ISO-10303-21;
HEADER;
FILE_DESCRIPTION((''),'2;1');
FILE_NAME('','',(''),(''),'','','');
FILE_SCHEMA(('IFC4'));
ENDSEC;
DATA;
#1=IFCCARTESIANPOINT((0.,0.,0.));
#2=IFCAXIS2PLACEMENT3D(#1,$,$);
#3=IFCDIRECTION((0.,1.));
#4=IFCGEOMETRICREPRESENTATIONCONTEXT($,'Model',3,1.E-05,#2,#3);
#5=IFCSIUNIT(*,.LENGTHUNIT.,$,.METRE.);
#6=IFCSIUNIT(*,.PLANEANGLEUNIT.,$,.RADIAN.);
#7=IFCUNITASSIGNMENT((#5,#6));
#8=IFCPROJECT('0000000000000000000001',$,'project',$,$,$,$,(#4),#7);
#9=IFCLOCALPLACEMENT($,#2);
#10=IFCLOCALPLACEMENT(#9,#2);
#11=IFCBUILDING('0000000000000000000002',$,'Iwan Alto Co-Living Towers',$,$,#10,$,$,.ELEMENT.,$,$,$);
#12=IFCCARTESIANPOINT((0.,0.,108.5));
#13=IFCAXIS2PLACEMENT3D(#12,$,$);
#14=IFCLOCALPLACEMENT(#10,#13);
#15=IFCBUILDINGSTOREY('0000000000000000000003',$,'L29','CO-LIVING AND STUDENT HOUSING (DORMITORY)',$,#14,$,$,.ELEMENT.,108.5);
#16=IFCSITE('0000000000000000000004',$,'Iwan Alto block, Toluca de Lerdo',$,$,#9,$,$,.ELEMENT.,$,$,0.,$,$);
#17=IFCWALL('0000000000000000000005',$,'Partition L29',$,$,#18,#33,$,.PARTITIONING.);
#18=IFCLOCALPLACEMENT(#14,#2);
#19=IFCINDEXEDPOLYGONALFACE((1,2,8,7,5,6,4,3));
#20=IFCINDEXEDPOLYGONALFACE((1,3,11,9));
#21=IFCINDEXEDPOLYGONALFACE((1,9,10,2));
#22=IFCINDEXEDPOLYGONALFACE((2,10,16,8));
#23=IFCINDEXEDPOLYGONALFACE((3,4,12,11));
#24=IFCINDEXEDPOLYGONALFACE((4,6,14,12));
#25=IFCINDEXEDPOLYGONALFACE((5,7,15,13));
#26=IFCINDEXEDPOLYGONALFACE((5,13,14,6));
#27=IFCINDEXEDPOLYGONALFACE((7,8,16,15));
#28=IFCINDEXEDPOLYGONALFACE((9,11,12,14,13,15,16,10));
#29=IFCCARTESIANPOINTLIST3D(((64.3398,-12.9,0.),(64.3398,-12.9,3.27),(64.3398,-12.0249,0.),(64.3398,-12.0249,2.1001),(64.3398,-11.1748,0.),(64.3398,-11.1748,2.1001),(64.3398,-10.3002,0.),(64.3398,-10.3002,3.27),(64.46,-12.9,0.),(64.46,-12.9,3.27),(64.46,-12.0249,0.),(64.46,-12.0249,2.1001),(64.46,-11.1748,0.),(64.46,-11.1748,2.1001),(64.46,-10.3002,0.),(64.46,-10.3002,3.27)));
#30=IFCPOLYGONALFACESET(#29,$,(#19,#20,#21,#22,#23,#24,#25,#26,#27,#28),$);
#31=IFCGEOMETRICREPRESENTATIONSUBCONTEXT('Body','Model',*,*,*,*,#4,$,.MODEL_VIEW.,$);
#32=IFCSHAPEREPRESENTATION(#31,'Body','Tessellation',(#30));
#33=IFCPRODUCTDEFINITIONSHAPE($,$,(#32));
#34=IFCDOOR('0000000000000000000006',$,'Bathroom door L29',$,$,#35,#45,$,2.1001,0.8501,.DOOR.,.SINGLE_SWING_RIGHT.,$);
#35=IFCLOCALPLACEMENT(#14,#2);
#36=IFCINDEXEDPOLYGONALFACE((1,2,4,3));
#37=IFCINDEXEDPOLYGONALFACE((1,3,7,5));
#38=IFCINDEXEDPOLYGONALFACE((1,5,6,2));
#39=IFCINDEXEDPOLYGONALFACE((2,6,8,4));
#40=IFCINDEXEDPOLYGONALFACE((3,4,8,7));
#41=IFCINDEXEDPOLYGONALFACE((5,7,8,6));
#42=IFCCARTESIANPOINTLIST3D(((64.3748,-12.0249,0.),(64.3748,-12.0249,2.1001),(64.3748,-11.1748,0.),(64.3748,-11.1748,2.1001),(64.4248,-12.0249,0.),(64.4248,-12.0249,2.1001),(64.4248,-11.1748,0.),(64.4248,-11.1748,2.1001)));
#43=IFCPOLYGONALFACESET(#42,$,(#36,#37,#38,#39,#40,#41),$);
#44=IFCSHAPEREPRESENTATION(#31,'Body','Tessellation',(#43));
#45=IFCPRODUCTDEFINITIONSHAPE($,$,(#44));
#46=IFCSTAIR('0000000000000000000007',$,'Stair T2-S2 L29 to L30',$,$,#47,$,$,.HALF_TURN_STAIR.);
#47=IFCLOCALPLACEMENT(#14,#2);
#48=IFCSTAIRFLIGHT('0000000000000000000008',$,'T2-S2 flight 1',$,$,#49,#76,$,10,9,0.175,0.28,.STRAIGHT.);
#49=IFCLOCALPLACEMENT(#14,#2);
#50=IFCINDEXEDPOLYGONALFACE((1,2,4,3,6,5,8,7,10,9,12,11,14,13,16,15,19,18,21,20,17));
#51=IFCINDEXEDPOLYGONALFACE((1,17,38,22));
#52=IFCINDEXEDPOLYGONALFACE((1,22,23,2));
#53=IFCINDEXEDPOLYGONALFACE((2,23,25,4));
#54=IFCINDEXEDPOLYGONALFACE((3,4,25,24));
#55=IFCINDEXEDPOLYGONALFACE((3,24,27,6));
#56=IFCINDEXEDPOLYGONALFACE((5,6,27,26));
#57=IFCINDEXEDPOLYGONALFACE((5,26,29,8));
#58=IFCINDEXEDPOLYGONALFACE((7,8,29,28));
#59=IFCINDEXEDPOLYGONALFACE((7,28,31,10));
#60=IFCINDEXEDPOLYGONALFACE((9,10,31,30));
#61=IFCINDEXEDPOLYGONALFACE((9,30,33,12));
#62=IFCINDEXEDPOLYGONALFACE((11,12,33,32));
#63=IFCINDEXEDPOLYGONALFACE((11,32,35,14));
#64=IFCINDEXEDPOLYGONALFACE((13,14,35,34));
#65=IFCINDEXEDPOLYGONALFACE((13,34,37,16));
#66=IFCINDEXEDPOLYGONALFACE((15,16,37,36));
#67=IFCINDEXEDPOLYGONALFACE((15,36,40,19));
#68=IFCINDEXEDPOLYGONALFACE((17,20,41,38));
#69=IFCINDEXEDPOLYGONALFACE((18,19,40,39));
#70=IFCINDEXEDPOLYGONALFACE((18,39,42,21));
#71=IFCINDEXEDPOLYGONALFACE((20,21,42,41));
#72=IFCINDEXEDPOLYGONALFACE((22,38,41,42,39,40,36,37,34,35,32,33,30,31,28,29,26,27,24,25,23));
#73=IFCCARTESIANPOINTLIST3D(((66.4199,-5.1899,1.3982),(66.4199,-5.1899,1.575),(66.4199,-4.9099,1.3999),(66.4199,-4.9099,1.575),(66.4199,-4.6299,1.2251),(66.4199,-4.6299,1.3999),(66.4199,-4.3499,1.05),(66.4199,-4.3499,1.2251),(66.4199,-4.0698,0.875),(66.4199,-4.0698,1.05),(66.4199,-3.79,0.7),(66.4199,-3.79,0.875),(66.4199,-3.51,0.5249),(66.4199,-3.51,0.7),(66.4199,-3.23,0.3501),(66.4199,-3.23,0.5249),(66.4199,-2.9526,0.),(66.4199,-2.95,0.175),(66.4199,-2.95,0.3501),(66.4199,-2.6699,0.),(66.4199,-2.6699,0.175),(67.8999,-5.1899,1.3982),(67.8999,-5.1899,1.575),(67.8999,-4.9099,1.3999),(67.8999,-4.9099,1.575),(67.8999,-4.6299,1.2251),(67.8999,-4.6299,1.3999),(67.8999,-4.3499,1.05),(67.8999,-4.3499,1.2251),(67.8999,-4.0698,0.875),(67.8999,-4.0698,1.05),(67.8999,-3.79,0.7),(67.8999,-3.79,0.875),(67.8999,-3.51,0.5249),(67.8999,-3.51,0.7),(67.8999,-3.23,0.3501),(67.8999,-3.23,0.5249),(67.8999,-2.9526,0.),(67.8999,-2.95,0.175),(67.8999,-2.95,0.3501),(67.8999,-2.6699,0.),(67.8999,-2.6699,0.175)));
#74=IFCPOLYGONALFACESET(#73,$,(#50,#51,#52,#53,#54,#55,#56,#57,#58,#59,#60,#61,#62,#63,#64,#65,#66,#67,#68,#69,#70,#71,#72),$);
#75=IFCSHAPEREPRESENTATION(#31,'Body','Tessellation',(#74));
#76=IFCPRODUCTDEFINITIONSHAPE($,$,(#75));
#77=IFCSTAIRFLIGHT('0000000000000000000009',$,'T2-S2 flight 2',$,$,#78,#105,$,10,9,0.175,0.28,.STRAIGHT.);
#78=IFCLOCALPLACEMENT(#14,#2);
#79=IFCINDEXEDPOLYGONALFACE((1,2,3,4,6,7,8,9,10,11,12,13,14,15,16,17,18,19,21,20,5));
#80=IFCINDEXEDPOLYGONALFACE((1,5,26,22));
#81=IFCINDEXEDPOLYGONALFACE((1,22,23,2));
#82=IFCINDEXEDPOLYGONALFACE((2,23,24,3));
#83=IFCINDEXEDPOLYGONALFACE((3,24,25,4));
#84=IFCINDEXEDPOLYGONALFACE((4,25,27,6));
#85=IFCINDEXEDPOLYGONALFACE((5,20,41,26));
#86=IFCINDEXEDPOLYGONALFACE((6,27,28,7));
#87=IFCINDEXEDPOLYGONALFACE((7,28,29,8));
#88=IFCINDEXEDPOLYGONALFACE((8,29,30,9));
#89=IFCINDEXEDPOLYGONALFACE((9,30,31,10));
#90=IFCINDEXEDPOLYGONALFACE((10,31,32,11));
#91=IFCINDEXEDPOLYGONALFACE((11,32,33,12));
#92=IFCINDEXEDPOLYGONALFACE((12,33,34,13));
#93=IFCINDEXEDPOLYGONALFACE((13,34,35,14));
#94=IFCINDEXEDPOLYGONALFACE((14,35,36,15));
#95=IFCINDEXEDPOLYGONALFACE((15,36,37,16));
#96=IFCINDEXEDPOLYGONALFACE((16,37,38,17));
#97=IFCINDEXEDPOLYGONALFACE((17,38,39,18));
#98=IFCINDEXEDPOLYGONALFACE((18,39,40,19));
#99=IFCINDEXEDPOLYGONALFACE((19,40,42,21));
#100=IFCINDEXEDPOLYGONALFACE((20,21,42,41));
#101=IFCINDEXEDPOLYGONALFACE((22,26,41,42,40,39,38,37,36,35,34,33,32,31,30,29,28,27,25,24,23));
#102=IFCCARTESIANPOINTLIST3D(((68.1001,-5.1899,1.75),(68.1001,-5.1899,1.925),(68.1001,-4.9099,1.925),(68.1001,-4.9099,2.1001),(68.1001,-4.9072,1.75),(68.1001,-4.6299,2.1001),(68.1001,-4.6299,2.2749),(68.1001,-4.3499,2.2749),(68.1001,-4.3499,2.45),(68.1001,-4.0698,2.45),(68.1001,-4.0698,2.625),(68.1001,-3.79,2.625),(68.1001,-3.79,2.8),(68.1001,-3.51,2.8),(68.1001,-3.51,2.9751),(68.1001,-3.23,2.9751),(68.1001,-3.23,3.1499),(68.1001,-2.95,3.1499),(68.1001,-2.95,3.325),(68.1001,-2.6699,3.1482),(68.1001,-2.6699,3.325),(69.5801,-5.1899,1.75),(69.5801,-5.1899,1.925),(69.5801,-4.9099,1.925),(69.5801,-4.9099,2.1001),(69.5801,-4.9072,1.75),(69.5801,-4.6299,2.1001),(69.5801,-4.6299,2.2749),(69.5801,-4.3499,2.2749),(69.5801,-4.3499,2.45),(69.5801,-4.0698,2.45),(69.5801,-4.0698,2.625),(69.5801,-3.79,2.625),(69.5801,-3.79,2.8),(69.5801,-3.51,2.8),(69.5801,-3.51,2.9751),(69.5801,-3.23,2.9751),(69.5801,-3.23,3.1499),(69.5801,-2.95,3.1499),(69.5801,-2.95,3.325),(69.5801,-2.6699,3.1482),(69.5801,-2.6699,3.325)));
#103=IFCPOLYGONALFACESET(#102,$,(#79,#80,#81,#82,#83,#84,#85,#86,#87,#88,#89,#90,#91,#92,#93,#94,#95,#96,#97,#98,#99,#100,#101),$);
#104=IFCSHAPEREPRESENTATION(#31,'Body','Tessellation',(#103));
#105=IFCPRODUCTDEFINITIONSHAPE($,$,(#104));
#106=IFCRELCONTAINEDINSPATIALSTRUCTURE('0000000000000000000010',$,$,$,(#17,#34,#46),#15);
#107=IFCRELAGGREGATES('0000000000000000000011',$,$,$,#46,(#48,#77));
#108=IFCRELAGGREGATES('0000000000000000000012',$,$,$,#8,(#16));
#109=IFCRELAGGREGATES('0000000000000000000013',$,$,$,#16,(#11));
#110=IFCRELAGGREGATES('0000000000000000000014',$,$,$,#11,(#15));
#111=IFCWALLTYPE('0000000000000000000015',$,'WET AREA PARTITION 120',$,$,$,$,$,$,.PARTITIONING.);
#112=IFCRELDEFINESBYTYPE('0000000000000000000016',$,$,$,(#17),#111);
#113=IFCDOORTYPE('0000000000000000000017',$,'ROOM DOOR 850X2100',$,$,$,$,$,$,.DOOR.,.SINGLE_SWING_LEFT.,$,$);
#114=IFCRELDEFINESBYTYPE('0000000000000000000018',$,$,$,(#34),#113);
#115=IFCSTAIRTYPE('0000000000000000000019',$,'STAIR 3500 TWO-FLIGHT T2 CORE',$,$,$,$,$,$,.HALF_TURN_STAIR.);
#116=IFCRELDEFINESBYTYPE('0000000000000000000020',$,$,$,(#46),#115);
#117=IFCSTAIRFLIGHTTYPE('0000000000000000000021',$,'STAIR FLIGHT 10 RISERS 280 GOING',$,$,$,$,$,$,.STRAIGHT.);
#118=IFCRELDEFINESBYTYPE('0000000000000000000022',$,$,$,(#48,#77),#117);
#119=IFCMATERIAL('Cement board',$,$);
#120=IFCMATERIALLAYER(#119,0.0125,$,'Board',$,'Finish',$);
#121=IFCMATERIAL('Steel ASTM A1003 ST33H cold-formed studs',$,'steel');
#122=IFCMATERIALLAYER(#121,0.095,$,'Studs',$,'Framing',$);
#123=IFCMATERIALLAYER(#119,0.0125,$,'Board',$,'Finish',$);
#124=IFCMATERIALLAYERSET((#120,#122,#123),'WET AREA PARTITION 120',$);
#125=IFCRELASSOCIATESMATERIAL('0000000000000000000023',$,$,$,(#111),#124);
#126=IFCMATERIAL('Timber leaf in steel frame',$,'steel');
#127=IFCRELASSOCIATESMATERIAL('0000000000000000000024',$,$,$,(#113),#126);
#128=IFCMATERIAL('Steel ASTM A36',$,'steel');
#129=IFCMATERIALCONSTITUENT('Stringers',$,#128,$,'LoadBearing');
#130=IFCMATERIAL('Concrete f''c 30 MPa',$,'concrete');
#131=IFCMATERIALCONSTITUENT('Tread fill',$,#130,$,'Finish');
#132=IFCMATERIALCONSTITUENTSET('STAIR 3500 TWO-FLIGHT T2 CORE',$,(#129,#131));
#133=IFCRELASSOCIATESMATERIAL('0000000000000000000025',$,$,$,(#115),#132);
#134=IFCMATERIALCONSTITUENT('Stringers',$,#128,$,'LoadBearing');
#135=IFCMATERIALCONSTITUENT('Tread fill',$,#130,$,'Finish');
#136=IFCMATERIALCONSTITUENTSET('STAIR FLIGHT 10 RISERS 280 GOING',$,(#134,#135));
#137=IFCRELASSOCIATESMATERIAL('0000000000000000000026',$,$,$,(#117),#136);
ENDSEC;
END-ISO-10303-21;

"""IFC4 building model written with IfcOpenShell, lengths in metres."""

from ifc_helpers import new_model, si_unit, direction, frame, frame_2d, origin, place, context, subcontext, project, spatial, polyline, rectangle, outline, extrude, material, layer, layer_set, constituent, constituent_set, type_object, element, fill, aggregate, save


model = new_model("IFC4")

# Units and contexts
model_context = context("Model", 3, precision=1e-05, world=origin(), true_north=direction((0.0, 1.0)))
body_context = subcontext(model_context, "Body", "Model", "MODEL_VIEW")
ifc_project = project(units=[si_unit("LENGTHUNIT", "METRE"), si_unit("PLANEANGLEUNIT", "RADIAN")], contexts=[model_context])

# Site, building, storey
site_placement = place(None, origin())
site = spatial("IfcSite", under=ifc_project, at=site_placement, Name="Iwan Alto block, Toluca de Lerdo", CompositionType="ELEMENT", RefElevation=0.0)
building_placement = place(site_placement, origin())
building = spatial("IfcBuilding", under=site, at=building_placement, Name="Iwan Alto Co-Living Towers", CompositionType="ELEMENT")
storey_placement = place(building_placement, frame((0.0, 0.0, 108.5)))
storey = spatial("IfcBuildingStorey", under=building, at=storey_placement, Name="L29", Description="CO-LIVING AND STUDENT HOUSING (DORMITORY)", CompositionType="ELEMENT", Elevation=108.5)

# Shared definitions
ifc_material_1 = material(Name="Steel ASTM A1003 ST33H cold-formed studs", Category="steel")

# Shared definitions
ifc_material_2 = material(Name="Cement board")
ifc_layer_1 = layer(ifc_material_2, 0.0125, Name="Board", Category="Finish")
ifc_layer_2 = layer(ifc_material_1, 0.095, Name="Studs", Category="Framing")
ifc_layer_3 = layer(ifc_material_2, 0.0125, Name="Board", Category="Finish")
ifc_layer_set_1 = layer_set([ifc_layer_1, ifc_layer_2, ifc_layer_3], Name="WET AREA PARTITION 120")
wall_type_1 = type_object("IfcWallType", Name="WET AREA PARTITION 120", PredefinedType="PARTITIONING", material=ifc_layer_set_1)

# Wall, opening, door
wall_1_placement = place(storey_placement, frame((64.3999, -12.8999, 0.0), z_axis=(0.0, 0.0, 1.0), x_axis=(0.0, 1.0, 0.0)))
wall_1 = element("IfcWall", 1, at=wall_1_placement, inside=storey, type_object=wall_type_1, Name="Partition L29", PredefinedType="PARTITIONING", context=body_context, shape_type="SweptSolid", body=[
    extrude(rectangle(XDim=2.5999, YDim=0.1201, at=frame_2d((1.2998, 0.0))), origin(), (0.0, 0.0, 1.0), 3.27),
])
opening_1_placement = place(wall_1_placement, frame((0.875, 0.0, 0.0)))
opening_1 = element("IfcOpeningElement", 2, at=opening_1_placement, cuts=wall_1, PredefinedType="OPENING", context=body_context, shape_type="SweptSolid", body=[
    extrude(rectangle(XDim=0.8501, YDim=2.1001, at=frame_2d((0.425, 1.05))), frame((0.0, 0.0701, 0.0), z_axis=(0.0, -1.0, 0.0), x_axis=(1.0, 0.0, 0.0)), (0.0, 0.0, 1.0), 0.1401),
])
ifc_material_3 = material(Name="Timber leaf in steel frame", Category="steel")
door_type_1 = type_object("IfcDoorType", Name="ROOM DOOR 850X2100", OperationType="SINGLE_SWING_LEFT", PredefinedType="DOOR", material=ifc_material_3)
door_1_placement = place(opening_1_placement, frame((0.8501, 0.0, 0.0), z_axis=(0.0, 0.0, 1.0), x_axis=(-1.0, 0.0, 0.0)))
door_1 = element("IfcDoor", 3, at=door_1_placement, inside=storey, type_object=door_type_1, Name="Bathroom door L29", OperationType="SINGLE_SWING_RIGHT", OverallHeight=2.1001, OverallWidth=0.8501, PredefinedType="DOOR", context=body_context, shape_type="SweptSolid", body=[
    extrude(rectangle(XDim=0.8501, YDim=2.1001, at=frame_2d((0.425, 1.05))), frame((0.0, 0.0249, 0.0), z_axis=(0.0, -1.0, 0.0), x_axis=(1.0, 0.0, 0.0)), (0.0, 0.0, 1.0), 0.05),
])
fill(opening_1, door_1)

# Stair, stair flights
ifc_material_4 = material(Name="Steel ASTM A36", Category="steel")
ifc_constituent_1 = constituent(ifc_material_4, Name="Stringers", Category="LoadBearing")
ifc_material_5 = material(Name="Concrete f'c 30 MPa", Category="concrete")
ifc_constituent_2 = constituent(ifc_material_5, Name="Tread fill", Category="Finish")
ifc_constituent_set_1 = constituent_set(constituents=[ifc_constituent_1, ifc_constituent_2], Name="STAIR 3500 TWO-FLIGHT T2 CORE")
stair_type = type_object("IfcStairType", Name="STAIR 3500 TWO-FLIGHT T2 CORE", PredefinedType="HALF_TURN_STAIR", material=ifc_constituent_set_1)
stair_placement = place(storey_placement, origin())
stair = element("IfcStair", 4, at=stair_placement, inside=storey, type_object=stair_type, Name="Stair T2-S2 L29 to L30", PredefinedType="HALF_TURN_STAIR")
ifc_constituent_3 = constituent(ifc_material_4, Name="Stringers", Category="LoadBearing")
ifc_constituent_4 = constituent(ifc_material_5, Name="Tread fill", Category="Finish")
ifc_constituent_set_2 = constituent_set(constituents=[ifc_constituent_3, ifc_constituent_4], Name="STAIR FLIGHT 10 RISERS 280 GOING")
stair_flight_type = type_object("IfcStairFlightType", Name="STAIR FLIGHT 10 RISERS 280 GOING", PredefinedType="STRAIGHT", material=ifc_constituent_set_2)
stair_flight_1_placement = place(storey_placement, frame((67.1599, -2.6699, 0.0), z_axis=(0.0, 0.0, 1.0), x_axis=(0.0, -1.0, 0.0)))
stair_flight_1 = element("IfcStairFlight", 5, at=stair_flight_1_placement, type_object=stair_flight_type, Name="T2-S2 flight 1", NumberOfRisers=10, NumberOfTreads=9, PredefinedType="STRAIGHT", RiserHeight=0.175, TreadLength=0.28, context=body_context, shape_type="SweptSolid", body=[
    extrude(outline(polyline([(0.0, 0.0), (0.0, 0.175), (0.28, 0.175), (0.28, 0.3501), (0.5601, 0.3501), (0.5601, 0.5249), (0.8401, 0.5249), (0.8401, 0.7), (1.1201, 0.7), (1.1201, 0.875), (1.3999, 0.875), (1.3999, 1.05), (1.6799, 1.05), (1.6799, 1.2251), (1.96, 1.2251), (1.96, 1.3999), (2.24, 1.3999), (2.24, 1.575), (2.52, 1.575), (2.52, 1.75), (2.52, 1.3982), (0.2827, 0.0), (0.0, 0.0)])), frame((0.0, 0.74, 0.0), z_axis=(0.0, -1.0, 0.0), x_axis=(1.0, 0.0, 0.0)), (0.0, 0.0, 1.0), 1.48),
])
stair_flight_2_placement = place(storey_placement, frame((68.8401, -5.1899, 1.75), z_axis=(0.0, 0.0, 1.0), x_axis=(0.0, 1.0, 0.0)))
stair_flight_2 = element("IfcStairFlight", 6, at=stair_flight_2_placement, type_object=stair_flight_type, Name="T2-S2 flight 2", NumberOfRisers=10, NumberOfTreads=9, PredefinedType="STRAIGHT", RiserHeight=0.175, TreadLength=0.28, context=body_context, shape_type="SweptSolid", body=[
    extrude(outline(polyline([(0.0, 0.0), (0.0, 0.175), (0.28, 0.175), (0.28, 0.3501), (0.5601, 0.3501), (0.5601, 0.5249), (0.8401, 0.5249), (0.8401, 0.7), (1.1201, 0.7), (1.1201, 0.875), (1.3999, 0.875), (1.3999, 1.05), (1.6799, 1.05), (1.6799, 1.2251), (1.96, 1.2251), (1.96, 1.3999), (2.24, 1.3999), (2.24, 1.575), (2.52, 1.575), (2.52, 1.75), (2.52, 1.3982), (0.2827, 0.0), (0.0, 0.0)])), frame((0.0, 0.74, 0.0), z_axis=(0.0, -1.0, 0.0), x_axis=(1.0, 0.0, 0.0)), (0.0, 0.0, 1.0), 1.48),
])
aggregate(stair, [stair_flight_1, stair_flight_2])

save(model, "model.ifc")
